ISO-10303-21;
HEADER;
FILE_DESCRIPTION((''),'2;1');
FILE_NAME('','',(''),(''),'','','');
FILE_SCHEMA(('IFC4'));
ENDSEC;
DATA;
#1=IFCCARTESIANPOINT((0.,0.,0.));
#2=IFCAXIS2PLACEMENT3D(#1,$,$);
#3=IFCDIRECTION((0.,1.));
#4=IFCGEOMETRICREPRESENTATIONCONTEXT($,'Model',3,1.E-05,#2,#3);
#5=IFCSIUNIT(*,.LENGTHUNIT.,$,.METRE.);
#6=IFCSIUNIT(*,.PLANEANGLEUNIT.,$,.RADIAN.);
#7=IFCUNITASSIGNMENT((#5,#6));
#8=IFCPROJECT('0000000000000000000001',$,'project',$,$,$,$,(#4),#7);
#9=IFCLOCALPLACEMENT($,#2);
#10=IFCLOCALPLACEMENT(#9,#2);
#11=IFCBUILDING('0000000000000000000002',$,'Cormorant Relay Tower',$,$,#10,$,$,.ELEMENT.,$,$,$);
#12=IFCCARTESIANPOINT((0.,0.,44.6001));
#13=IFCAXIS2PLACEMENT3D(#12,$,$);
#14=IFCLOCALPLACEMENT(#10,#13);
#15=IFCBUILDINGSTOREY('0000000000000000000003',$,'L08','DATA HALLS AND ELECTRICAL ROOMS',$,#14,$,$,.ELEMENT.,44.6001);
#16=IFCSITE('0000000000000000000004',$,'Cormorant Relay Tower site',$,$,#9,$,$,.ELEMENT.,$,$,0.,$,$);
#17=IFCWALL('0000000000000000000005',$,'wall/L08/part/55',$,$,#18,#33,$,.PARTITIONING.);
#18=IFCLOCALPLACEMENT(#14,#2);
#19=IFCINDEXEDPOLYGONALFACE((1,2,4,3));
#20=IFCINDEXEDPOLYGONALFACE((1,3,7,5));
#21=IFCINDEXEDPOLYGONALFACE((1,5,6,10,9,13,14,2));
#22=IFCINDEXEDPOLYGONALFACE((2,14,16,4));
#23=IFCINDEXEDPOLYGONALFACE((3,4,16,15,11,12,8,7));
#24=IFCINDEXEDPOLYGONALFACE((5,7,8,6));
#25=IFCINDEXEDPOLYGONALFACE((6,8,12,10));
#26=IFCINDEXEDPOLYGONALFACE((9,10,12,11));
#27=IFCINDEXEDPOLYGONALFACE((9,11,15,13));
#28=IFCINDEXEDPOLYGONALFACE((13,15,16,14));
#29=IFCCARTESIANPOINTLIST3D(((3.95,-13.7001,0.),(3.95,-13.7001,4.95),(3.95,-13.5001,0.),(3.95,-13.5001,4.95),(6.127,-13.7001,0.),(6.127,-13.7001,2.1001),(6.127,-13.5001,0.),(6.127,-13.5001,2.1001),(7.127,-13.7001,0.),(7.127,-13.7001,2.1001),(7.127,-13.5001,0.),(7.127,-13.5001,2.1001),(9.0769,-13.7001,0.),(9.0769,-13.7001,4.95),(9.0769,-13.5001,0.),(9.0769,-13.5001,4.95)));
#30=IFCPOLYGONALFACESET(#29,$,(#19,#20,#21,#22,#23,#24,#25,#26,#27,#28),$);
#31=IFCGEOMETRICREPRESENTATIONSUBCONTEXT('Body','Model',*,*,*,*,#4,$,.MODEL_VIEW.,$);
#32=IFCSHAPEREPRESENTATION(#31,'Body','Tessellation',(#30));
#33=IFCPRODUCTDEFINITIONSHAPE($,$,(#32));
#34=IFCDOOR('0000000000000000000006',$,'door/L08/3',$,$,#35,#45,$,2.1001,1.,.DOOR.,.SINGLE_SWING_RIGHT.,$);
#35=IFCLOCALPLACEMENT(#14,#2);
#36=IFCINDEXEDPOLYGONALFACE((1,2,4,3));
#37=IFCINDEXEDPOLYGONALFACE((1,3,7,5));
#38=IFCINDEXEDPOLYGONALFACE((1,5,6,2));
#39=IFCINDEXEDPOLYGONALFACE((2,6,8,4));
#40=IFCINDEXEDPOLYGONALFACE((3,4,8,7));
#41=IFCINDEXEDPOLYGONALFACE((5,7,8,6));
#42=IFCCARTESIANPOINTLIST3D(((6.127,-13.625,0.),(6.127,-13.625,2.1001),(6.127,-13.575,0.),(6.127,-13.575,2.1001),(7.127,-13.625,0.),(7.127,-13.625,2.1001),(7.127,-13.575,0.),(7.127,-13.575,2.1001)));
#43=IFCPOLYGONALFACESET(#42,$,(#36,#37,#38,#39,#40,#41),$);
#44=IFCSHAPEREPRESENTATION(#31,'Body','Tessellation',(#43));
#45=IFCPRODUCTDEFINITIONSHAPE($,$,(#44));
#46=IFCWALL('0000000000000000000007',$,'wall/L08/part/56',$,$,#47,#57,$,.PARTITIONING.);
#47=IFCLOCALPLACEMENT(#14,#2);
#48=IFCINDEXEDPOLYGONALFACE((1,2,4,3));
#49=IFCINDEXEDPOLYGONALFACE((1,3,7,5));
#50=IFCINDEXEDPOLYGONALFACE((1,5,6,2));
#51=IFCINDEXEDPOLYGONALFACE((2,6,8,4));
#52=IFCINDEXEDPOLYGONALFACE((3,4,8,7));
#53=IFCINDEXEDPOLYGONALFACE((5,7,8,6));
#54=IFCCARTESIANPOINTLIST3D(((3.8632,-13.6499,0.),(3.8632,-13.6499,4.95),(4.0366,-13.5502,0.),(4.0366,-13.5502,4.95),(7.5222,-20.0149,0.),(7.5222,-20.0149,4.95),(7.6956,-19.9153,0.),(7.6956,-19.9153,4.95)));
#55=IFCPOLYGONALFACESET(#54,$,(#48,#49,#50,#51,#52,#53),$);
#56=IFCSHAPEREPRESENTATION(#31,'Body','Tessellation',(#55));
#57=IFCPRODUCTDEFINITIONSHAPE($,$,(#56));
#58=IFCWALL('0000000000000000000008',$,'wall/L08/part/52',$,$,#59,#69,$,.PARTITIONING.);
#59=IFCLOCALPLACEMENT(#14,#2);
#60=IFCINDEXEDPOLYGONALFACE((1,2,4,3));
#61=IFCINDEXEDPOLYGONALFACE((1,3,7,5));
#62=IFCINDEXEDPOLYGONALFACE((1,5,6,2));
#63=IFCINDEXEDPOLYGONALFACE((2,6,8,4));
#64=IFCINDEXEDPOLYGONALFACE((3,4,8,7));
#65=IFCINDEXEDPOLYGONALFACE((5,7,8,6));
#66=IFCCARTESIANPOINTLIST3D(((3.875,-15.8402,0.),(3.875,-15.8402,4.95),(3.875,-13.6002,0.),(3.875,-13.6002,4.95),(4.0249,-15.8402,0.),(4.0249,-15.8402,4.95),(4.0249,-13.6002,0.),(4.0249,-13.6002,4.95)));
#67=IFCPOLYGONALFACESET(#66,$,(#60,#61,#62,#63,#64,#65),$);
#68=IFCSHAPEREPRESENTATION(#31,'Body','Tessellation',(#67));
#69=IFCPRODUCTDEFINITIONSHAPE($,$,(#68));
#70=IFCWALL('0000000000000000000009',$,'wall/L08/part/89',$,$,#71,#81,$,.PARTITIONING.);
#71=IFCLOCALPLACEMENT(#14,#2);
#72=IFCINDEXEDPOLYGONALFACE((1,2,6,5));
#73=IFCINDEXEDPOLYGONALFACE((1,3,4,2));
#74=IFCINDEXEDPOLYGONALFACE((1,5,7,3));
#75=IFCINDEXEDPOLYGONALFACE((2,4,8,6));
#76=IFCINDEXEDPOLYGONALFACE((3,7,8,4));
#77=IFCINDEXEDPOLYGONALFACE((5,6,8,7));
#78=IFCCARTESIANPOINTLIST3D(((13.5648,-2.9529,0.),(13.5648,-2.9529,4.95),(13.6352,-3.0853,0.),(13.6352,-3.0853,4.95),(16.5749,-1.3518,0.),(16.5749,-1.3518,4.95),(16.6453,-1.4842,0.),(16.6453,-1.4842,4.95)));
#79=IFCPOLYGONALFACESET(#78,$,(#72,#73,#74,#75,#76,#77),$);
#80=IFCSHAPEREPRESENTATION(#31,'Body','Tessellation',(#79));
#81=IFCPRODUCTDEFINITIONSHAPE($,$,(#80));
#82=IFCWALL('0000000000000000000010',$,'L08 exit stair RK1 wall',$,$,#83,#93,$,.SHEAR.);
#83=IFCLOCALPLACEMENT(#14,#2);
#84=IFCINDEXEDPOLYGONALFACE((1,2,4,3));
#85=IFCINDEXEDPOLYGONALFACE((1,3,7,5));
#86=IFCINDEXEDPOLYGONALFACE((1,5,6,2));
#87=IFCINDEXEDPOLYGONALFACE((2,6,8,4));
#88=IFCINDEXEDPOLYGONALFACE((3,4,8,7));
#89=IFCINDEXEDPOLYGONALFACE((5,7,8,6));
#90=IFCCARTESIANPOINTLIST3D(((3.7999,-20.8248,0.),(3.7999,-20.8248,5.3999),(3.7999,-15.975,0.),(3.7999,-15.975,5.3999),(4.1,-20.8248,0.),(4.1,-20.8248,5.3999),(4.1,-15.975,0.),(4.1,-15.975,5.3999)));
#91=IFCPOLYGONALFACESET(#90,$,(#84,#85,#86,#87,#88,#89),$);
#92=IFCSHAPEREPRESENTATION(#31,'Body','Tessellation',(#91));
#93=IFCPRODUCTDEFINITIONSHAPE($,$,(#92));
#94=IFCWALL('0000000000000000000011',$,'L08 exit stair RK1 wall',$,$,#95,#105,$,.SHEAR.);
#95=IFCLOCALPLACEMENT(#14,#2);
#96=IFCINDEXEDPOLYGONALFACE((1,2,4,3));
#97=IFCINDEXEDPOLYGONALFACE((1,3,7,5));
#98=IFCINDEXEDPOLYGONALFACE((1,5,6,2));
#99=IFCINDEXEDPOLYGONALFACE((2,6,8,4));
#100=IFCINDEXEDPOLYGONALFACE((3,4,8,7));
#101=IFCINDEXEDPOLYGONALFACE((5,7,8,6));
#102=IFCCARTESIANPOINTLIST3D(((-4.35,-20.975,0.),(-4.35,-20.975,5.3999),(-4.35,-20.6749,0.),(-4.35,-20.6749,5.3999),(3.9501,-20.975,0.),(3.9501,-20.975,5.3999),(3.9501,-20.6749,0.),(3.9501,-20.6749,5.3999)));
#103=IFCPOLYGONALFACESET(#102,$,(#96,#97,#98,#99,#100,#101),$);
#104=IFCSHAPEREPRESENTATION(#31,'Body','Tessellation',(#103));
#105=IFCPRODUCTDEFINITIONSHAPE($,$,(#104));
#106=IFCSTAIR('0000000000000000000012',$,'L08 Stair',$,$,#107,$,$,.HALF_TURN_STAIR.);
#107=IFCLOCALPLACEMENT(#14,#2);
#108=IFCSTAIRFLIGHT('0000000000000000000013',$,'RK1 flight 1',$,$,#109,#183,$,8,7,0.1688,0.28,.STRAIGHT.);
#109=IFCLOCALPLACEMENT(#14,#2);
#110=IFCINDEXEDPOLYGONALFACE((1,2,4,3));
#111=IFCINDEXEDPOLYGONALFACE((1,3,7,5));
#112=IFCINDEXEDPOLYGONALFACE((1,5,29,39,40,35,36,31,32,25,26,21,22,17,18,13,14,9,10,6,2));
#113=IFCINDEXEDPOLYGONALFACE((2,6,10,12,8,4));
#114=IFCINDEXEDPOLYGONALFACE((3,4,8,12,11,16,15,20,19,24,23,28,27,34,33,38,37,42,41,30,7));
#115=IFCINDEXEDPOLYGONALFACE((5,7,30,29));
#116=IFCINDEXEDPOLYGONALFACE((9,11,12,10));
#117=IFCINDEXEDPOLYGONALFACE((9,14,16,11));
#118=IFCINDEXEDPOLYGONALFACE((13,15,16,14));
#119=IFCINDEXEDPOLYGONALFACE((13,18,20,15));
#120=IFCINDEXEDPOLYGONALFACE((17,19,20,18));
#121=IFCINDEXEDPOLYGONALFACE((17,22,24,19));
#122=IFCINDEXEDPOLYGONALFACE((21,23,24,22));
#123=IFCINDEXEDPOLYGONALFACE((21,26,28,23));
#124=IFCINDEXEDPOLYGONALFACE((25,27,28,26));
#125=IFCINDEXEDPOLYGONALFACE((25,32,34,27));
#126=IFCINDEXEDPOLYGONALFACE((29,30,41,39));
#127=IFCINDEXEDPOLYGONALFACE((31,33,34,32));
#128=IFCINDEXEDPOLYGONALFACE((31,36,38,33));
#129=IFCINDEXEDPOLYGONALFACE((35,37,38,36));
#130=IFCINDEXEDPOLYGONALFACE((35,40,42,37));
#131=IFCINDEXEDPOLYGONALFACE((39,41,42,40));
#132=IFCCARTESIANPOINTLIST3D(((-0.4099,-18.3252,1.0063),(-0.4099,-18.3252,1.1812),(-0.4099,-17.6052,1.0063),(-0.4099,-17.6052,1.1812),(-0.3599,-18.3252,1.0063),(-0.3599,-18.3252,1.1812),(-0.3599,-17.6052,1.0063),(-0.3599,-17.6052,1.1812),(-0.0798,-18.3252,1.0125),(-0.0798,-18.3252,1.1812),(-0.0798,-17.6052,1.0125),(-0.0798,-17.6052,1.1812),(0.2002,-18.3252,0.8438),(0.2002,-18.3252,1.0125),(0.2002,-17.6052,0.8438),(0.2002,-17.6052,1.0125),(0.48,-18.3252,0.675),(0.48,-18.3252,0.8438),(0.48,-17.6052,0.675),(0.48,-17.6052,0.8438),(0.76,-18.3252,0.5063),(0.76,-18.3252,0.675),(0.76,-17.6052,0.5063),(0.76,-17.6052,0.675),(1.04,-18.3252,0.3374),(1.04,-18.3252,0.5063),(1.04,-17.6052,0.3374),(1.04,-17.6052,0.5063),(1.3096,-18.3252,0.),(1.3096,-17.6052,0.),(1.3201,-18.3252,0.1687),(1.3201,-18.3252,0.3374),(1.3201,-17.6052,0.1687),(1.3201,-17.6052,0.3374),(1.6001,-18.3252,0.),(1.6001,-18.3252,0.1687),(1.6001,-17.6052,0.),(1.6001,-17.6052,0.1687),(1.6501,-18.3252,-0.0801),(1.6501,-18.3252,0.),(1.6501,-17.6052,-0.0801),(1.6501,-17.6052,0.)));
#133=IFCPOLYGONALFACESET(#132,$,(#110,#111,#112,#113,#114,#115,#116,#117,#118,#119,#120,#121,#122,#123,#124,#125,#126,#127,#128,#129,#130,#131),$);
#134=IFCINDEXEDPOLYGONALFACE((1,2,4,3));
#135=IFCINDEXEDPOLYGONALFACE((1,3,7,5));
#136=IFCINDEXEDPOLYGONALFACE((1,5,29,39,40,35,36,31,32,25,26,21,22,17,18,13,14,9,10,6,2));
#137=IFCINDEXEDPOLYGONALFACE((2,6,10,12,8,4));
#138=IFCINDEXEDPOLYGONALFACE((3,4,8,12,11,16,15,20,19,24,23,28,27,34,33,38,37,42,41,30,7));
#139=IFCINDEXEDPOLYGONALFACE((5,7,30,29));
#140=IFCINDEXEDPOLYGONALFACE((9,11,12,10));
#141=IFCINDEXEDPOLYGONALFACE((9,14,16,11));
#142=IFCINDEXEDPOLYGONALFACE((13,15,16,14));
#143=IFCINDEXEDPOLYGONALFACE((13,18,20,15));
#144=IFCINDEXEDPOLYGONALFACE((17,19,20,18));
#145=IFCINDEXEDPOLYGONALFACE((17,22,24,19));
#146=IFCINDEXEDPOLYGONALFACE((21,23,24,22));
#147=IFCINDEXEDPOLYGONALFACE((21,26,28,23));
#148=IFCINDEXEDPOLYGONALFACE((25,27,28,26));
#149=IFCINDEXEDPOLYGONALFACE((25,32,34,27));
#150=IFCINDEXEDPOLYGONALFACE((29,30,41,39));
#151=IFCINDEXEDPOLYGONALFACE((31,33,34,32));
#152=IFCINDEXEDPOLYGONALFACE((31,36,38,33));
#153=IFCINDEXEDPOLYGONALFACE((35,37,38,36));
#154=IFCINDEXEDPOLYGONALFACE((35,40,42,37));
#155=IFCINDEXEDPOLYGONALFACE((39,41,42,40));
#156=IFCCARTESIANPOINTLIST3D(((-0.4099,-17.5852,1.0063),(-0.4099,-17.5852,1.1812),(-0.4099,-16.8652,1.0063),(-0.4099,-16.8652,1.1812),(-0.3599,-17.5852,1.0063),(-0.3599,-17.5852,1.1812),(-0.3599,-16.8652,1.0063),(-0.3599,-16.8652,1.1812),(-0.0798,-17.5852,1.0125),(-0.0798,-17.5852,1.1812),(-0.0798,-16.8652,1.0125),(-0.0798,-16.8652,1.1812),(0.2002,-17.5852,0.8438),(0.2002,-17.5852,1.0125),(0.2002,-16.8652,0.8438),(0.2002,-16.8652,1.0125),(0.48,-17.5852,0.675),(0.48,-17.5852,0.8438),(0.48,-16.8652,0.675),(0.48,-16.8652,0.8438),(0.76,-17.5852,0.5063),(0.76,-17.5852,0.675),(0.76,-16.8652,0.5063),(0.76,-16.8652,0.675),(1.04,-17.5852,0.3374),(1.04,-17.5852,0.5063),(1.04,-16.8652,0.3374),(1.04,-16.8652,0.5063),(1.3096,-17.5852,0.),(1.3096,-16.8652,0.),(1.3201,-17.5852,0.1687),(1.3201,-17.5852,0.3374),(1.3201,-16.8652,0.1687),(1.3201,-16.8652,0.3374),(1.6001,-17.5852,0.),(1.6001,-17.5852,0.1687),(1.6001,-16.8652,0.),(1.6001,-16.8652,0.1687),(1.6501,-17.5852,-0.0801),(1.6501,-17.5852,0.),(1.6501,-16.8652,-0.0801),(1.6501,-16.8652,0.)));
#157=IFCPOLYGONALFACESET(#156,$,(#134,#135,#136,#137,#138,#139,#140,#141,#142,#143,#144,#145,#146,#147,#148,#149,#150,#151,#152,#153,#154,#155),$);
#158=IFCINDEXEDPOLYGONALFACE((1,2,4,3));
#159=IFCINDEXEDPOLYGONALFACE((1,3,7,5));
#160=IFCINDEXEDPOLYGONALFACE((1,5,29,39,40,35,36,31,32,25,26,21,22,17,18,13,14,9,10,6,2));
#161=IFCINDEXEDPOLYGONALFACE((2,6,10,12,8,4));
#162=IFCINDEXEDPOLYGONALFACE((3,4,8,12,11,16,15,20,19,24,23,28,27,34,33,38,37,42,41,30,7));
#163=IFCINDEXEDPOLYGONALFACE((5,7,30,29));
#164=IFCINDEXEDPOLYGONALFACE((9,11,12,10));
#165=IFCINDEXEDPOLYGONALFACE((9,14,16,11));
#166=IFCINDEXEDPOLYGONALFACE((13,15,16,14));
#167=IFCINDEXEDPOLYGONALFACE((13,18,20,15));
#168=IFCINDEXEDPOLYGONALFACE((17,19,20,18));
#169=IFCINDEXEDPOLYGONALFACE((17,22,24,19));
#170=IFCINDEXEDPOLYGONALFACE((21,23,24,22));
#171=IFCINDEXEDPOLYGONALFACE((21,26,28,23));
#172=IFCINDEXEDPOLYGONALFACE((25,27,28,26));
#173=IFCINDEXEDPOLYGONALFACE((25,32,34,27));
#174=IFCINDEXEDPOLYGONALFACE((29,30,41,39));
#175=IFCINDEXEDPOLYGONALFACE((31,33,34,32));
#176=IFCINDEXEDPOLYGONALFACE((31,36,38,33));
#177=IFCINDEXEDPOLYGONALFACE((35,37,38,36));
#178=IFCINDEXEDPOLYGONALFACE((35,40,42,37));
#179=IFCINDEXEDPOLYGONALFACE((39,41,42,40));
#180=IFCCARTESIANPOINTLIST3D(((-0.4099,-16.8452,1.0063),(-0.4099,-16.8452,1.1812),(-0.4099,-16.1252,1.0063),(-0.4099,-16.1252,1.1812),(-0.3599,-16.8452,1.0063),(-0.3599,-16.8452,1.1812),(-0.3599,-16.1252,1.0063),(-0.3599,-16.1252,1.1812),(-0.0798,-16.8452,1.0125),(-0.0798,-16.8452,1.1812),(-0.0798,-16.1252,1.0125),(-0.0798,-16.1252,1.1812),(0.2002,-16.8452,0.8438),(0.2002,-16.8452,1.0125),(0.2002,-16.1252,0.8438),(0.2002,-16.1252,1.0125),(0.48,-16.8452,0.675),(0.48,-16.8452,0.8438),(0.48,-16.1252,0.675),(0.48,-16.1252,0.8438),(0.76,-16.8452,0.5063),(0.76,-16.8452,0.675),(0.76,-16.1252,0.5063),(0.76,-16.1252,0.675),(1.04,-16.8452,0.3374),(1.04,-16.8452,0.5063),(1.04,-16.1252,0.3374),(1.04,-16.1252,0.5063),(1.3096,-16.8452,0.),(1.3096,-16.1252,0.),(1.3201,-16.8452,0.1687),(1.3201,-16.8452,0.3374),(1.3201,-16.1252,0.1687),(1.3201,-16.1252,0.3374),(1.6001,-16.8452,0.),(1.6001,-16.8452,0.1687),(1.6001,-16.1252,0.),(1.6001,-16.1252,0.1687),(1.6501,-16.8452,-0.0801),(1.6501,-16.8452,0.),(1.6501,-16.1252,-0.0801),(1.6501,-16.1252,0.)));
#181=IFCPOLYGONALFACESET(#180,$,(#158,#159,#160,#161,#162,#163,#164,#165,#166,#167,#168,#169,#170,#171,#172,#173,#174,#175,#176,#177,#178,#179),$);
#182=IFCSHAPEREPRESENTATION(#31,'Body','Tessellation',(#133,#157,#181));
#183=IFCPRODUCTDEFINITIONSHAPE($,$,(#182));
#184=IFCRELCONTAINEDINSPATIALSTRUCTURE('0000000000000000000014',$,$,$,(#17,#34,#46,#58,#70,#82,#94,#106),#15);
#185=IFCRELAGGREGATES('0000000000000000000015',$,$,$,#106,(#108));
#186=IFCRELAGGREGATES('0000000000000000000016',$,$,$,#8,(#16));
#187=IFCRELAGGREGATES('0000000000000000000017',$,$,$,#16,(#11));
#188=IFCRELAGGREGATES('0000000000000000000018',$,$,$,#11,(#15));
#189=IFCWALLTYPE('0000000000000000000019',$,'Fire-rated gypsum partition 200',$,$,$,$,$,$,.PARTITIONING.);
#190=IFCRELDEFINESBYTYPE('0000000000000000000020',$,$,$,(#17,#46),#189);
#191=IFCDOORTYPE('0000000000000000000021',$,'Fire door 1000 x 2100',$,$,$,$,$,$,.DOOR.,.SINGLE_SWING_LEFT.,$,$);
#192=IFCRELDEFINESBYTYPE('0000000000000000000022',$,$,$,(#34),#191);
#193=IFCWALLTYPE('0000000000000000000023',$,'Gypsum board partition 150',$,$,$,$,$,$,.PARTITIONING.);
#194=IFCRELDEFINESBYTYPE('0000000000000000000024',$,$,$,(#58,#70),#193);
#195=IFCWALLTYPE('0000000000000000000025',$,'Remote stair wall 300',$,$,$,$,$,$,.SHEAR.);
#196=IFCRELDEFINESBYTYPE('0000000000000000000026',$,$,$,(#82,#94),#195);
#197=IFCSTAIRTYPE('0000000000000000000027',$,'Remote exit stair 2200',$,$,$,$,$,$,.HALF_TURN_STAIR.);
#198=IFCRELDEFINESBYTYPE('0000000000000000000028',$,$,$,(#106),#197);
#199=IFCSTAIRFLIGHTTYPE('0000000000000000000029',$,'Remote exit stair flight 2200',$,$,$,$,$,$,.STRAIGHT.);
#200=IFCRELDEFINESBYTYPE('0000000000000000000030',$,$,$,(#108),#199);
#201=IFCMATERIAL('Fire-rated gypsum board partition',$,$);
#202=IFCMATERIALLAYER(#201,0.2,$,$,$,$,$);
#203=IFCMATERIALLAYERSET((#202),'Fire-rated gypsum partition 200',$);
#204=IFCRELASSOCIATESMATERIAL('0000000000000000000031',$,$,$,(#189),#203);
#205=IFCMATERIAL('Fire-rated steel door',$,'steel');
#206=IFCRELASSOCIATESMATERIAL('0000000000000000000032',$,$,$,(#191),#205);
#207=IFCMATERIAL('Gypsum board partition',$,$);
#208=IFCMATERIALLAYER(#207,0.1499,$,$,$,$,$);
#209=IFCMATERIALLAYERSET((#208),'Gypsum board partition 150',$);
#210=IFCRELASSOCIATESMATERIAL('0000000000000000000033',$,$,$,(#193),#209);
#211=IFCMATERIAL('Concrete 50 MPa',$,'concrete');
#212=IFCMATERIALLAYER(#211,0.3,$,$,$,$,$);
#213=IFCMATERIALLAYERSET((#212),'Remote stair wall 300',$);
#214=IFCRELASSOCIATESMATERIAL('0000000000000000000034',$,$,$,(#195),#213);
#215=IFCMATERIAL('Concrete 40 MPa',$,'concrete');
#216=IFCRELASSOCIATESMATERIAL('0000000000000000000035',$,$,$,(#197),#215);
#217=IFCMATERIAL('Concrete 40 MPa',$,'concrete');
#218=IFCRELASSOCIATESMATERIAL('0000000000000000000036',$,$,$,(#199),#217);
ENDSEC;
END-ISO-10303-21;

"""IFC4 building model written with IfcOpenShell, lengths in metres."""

from ifc_helpers import new_model, si_unit, direction, frame, frame_2d, origin, place, context, subcontext, project, spatial, polyline, rectangle, outline, extrude, material, layer, layer_set, type_object, element, fill, aggregate, save


model = new_model("IFC4")

# Units and contexts
model_context = context("Model", 3, precision=1e-05, world=origin(), true_north=direction((0.0, 1.0)))
body_context = subcontext(model_context, "Body", "Model", "MODEL_VIEW")
ifc_project = project(units=[si_unit("LENGTHUNIT", "METRE"), si_unit("PLANEANGLEUNIT", "RADIAN")], contexts=[model_context])

# Site, building, storey
site_placement = place(None, origin())
site = spatial("IfcSite", under=ifc_project, at=site_placement, Name="Cormorant Relay Tower site", CompositionType="ELEMENT", RefElevation=0.0)
building_placement = place(site_placement, origin())
building = spatial("IfcBuilding", under=site, at=building_placement, Name="Cormorant Relay Tower", CompositionType="ELEMENT")
storey_placement = place(building_placement, frame((0.0, 0.0, 44.6001)))
storey = spatial("IfcBuildingStorey", under=building, at=storey_placement, Name="L08", Description="DATA HALLS AND ELECTRICAL ROOMS", CompositionType="ELEMENT", Elevation=44.6001)

# Shared definitions
ifc_material_1 = material(Name="Fire-rated gypsum board partition")
ifc_layer_1 = layer(ifc_material_1, 0.2)
ifc_layer_set_1 = layer_set([ifc_layer_1], Name="Fire-rated gypsum partition 200")
wall_type_1 = type_object("IfcWallType", Name="Fire-rated gypsum partition 200", PredefinedType="PARTITIONING", material=ifc_layer_set_1)

# Wall, opening, door
wall_1_placement = place(storey_placement, frame((9.0769, -13.6001, 0.0), z_axis=(0.0, 0.0, 1.0), x_axis=(-1.0, 0.0, 0.0)))
wall_1 = element("IfcWall", 1, at=wall_1_placement, inside=storey, type_object=wall_type_1, Name="wall/L08/part/55", PredefinedType="PARTITIONING", context=body_context, shape_type="SweptSolid", body=[
    extrude(rectangle(XDim=5.127, YDim=0.2, at=frame_2d((2.5635, 0.0))), origin(), (0.0, 0.0, 1.0), 4.95),
])
opening_placement = place(wall_1_placement, frame((1.95, 0.0, 0.0)))
opening = element("IfcOpeningElement", 2, at=opening_placement, cuts=wall_1, PredefinedType="OPENING", context=body_context, shape_type="SweptSolid", body=[
    extrude(rectangle(XDim=1.0, YDim=2.1001, at=frame_2d((0.5, 1.05))), frame((0.0, 0.1099, 0.0), z_axis=(0.0, -1.0, 0.0), x_axis=(1.0, 0.0, 0.0)), (0.0, 0.0, 1.0), 0.22),
])
ifc_material_2 = material(Name="Fire-rated steel door", Category="steel")
door_type = type_object("IfcDoorType", Name="Fire door 1000 x 2100", OperationType="SINGLE_SWING_LEFT", PredefinedType="DOOR", material=ifc_material_2)
door_placement = place(opening_placement, origin())
door = element("IfcDoor", 3, at=door_placement, inside=storey, type_object=door_type, Name="door/L08/3", OperationType="SINGLE_SWING_RIGHT", OverallHeight=2.1001, OverallWidth=1.0, PredefinedType="DOOR", context=body_context, shape_type="SweptSolid", body=[
    extrude(rectangle(XDim=1.0, YDim=2.1001, at=frame_2d((0.5, 1.05))), frame((0.0, 0.0249, 0.0), z_axis=(0.0, -1.0, 0.0), x_axis=(1.0, 0.0, 0.0)), (0.0, 0.0, 1.0), 0.05),
])
fill(opening, door)

# Walls
wall_2_placement = place(storey_placement, frame((7.6089, -19.9651, 0.0), z_axis=(0.0, 0.0, 1.0), x_axis=(-0.498376, 0.866961, 0.0)))
element("IfcWall", 4, at=wall_2_placement, inside=storey, type_object=wall_type_1, Name="wall/L08/part/56", PredefinedType="PARTITIONING", context=body_context, shape_type="SweptSolid", body=[
    extrude(rectangle(XDim=7.3418, YDim=0.2, at=frame_2d((3.6709, 0.0))), origin(), (0.0, 0.0, 1.0), 4.95),
])
ifc_material_3 = material(Name="Gypsum board partition")
ifc_layer_2 = layer(ifc_material_3, 0.1499)
ifc_layer_set_2 = layer_set([ifc_layer_2], Name="Gypsum board partition 150")
wall_type_2 = type_object("IfcWallType", Name="Gypsum board partition 150", PredefinedType="PARTITIONING", material=ifc_layer_set_2)
wall_3_placement = place(storey_placement, frame((3.95, -13.6001, 0.0), z_axis=(0.0, 0.0, 1.0), x_axis=(0.0, -1.0, 0.0)))
element("IfcWall", 5, at=wall_3_placement, inside=storey, type_object=wall_type_2, Name="wall/L08/part/52", PredefinedType="PARTITIONING", context=body_context, shape_type="SweptSolid", body=[
    extrude(rectangle(XDim=2.24, YDim=0.1499, at=frame_2d((1.1201, 0.0))), origin(), (0.0, 0.0, 1.0), 4.95),
])
wall_4_placement = place(storey_placement, frame((13.6001, -3.019, 0.0), z_axis=(0.0, 0.0, 1.0), x_axis=(0.882872, 0.469614, 0.0)))
element("IfcWall", 6, at=wall_4_placement, inside=storey, type_object=wall_type_2, Name="wall/L08/part/89", PredefinedType="PARTITIONING", context=body_context, shape_type="SweptSolid", body=[
    extrude(rectangle(XDim=3.4094, YDim=0.1499, at=frame_2d((1.7046, 0.0))), origin(), (0.0, 0.0, 1.0), 4.95),
])
ifc_material_4 = material(Name="Concrete 50 MPa", Category="concrete")
ifc_layer_3 = layer(ifc_material_4, 0.3)
ifc_layer_set_3 = layer_set([ifc_layer_3], Name="Remote stair wall 300")
wall_type_3 = type_object("IfcWallType", Name="Remote stair wall 300", PredefinedType="SHEAR", material=ifc_layer_set_3)
wall_5_placement = place(storey_placement, frame((3.95, -15.9751, 0.0), z_axis=(0.0, 0.0, 1.0), x_axis=(0.0, -1.0, 0.0)))
element("IfcWall", 7, at=wall_5_placement, inside=storey, type_object=wall_type_3, Name="L08 exit stair RK1 wall", PredefinedType="SHEAR", context=body_context, shape_type="SweptSolid", body=[
    extrude(rectangle(XDim=4.8499, YDim=0.3, at=frame_2d((2.4248, 0.0))), origin(), (0.0, 0.0, 1.0), 5.3999),
])
wall_6_placement = place(storey_placement, frame((3.95, -20.825, 0.0), z_axis=(0.0, 0.0, 1.0), x_axis=(-1.0, 0.0, 0.0)))
element("IfcWall", 8, at=wall_6_placement, inside=storey, type_object=wall_type_3, Name="L08 exit stair RK1 wall", PredefinedType="SHEAR", context=body_context, shape_type="SweptSolid", body=[
    extrude(rectangle(XDim=8.3, YDim=0.3, at=frame_2d((4.1499, 0.0))), origin(), (0.0, 0.0, 1.0), 5.3999),
])

# Stair, stair flight
ifc_material_5 = material(Name="Concrete 40 MPa", Category="concrete")
stair_type = type_object("IfcStairType", Name="Remote exit stair 2200", PredefinedType="HALF_TURN_STAIR", material=ifc_material_5)
stair_placement = place(storey_placement, origin())
stair = element("IfcStair", 9, at=stair_placement, inside=storey, type_object=stair_type, Name="L08 Stair", PredefinedType="HALF_TURN_STAIR")
ifc_material_6 = material(Name="Concrete 40 MPa", Category="concrete")
stair_flight_type = type_object("IfcStairFlightType", Name="Remote exit stair flight 2200", PredefinedType="STRAIGHT", material=ifc_material_6)
stair_flight_1_placement = place(storey_placement, frame((1.6001, -17.2251, 0.0), z_axis=(0.0, 0.0, 1.0), x_axis=(-1.0, 0.0, 0.0)))
stair_flight_1 = element("IfcStairFlight", 10, at=stair_flight_1_placement, type_object=stair_flight_type, Name="RK1 flight 1", NumberOfRisers=8, NumberOfTreads=7, PredefinedType="STRAIGHT", RiserHeight=0.1688, TreadLength=0.28, context=body_context, shape_type="SweptSolid", body=[
    extrude(outline(polyline([(-0.05, -0.0801), (-0.05, 0.0), (0.0, 0.0), (0.0, 0.1687), (0.28, 0.1687), (0.28, 0.3374), (0.5601, 0.3374), (0.5601, 0.5063), (0.8401, 0.5063), (0.8401, 0.675), (1.1201, 0.675), (1.1201, 0.8438), (1.3999, 0.8438), (1.3999, 1.0125), (1.6799, 1.0125), (1.6799, 1.1812), (1.96, 1.1812), (2.01, 1.1812), (2.01, 1.0063), (1.96, 1.0063), (0.2905, 0.0), (-0.05, -0.0801)])), frame((0.0, 1.1001, 0.0), z_axis=(0.0, -1.0, 0.0), x_axis=(1.0, 0.0, 0.0)), (0.0, 0.0, 1.0), 0.72),
    extrude(outline(polyline([(-0.05, -0.0801), (-0.05, 0.0), (0.0, 0.0), (0.0, 0.1687), (0.28, 0.1687), (0.28, 0.3374), (0.5601, 0.3374), (0.5601, 0.5063), (0.8401, 0.5063), (0.8401, 0.675), (1.1201, 0.675), (1.1201, 0.8438), (1.3999, 0.8438), (1.3999, 1.0125), (1.6799, 1.0125), (1.6799, 1.1812), (1.96, 1.1812), (2.01, 1.1812), (2.01, 1.0063), (1.96, 1.0063), (0.2905, 0.0), (-0.05, -0.0801)])), frame((0.0, 0.3601, 0.0), z_axis=(0.0, -1.0, 0.0), x_axis=(1.0, 0.0, 0.0)), (0.0, 0.0, 1.0), 0.72),
    extrude(outline(polyline([(-0.05, -0.0801), (-0.05, 0.0), (0.0, 0.0), (0.0, 0.1687), (0.28, 0.1687), (0.28, 0.3374), (0.5601, 0.3374), (0.5601, 0.5063), (0.8401, 0.5063), (0.8401, 0.675), (1.1201, 0.675), (1.1201, 0.8438), (1.3999, 0.8438), (1.3999, 1.0125), (1.6799, 1.0125), (1.6799, 1.1812), (1.96, 1.1812), (2.01, 1.1812), (2.01, 1.0063), (1.96, 1.0063), (0.2905, 0.0), (-0.05, -0.0801)])), frame((0.0, -0.3799, 0.0), z_axis=(0.0, -1.0, 0.0), x_axis=(1.0, 0.0, 0.0)), (0.0, 0.0, 1.0), 0.72),
])
aggregate(stair, [stair_flight_1])

save(model, "model.ifc")
